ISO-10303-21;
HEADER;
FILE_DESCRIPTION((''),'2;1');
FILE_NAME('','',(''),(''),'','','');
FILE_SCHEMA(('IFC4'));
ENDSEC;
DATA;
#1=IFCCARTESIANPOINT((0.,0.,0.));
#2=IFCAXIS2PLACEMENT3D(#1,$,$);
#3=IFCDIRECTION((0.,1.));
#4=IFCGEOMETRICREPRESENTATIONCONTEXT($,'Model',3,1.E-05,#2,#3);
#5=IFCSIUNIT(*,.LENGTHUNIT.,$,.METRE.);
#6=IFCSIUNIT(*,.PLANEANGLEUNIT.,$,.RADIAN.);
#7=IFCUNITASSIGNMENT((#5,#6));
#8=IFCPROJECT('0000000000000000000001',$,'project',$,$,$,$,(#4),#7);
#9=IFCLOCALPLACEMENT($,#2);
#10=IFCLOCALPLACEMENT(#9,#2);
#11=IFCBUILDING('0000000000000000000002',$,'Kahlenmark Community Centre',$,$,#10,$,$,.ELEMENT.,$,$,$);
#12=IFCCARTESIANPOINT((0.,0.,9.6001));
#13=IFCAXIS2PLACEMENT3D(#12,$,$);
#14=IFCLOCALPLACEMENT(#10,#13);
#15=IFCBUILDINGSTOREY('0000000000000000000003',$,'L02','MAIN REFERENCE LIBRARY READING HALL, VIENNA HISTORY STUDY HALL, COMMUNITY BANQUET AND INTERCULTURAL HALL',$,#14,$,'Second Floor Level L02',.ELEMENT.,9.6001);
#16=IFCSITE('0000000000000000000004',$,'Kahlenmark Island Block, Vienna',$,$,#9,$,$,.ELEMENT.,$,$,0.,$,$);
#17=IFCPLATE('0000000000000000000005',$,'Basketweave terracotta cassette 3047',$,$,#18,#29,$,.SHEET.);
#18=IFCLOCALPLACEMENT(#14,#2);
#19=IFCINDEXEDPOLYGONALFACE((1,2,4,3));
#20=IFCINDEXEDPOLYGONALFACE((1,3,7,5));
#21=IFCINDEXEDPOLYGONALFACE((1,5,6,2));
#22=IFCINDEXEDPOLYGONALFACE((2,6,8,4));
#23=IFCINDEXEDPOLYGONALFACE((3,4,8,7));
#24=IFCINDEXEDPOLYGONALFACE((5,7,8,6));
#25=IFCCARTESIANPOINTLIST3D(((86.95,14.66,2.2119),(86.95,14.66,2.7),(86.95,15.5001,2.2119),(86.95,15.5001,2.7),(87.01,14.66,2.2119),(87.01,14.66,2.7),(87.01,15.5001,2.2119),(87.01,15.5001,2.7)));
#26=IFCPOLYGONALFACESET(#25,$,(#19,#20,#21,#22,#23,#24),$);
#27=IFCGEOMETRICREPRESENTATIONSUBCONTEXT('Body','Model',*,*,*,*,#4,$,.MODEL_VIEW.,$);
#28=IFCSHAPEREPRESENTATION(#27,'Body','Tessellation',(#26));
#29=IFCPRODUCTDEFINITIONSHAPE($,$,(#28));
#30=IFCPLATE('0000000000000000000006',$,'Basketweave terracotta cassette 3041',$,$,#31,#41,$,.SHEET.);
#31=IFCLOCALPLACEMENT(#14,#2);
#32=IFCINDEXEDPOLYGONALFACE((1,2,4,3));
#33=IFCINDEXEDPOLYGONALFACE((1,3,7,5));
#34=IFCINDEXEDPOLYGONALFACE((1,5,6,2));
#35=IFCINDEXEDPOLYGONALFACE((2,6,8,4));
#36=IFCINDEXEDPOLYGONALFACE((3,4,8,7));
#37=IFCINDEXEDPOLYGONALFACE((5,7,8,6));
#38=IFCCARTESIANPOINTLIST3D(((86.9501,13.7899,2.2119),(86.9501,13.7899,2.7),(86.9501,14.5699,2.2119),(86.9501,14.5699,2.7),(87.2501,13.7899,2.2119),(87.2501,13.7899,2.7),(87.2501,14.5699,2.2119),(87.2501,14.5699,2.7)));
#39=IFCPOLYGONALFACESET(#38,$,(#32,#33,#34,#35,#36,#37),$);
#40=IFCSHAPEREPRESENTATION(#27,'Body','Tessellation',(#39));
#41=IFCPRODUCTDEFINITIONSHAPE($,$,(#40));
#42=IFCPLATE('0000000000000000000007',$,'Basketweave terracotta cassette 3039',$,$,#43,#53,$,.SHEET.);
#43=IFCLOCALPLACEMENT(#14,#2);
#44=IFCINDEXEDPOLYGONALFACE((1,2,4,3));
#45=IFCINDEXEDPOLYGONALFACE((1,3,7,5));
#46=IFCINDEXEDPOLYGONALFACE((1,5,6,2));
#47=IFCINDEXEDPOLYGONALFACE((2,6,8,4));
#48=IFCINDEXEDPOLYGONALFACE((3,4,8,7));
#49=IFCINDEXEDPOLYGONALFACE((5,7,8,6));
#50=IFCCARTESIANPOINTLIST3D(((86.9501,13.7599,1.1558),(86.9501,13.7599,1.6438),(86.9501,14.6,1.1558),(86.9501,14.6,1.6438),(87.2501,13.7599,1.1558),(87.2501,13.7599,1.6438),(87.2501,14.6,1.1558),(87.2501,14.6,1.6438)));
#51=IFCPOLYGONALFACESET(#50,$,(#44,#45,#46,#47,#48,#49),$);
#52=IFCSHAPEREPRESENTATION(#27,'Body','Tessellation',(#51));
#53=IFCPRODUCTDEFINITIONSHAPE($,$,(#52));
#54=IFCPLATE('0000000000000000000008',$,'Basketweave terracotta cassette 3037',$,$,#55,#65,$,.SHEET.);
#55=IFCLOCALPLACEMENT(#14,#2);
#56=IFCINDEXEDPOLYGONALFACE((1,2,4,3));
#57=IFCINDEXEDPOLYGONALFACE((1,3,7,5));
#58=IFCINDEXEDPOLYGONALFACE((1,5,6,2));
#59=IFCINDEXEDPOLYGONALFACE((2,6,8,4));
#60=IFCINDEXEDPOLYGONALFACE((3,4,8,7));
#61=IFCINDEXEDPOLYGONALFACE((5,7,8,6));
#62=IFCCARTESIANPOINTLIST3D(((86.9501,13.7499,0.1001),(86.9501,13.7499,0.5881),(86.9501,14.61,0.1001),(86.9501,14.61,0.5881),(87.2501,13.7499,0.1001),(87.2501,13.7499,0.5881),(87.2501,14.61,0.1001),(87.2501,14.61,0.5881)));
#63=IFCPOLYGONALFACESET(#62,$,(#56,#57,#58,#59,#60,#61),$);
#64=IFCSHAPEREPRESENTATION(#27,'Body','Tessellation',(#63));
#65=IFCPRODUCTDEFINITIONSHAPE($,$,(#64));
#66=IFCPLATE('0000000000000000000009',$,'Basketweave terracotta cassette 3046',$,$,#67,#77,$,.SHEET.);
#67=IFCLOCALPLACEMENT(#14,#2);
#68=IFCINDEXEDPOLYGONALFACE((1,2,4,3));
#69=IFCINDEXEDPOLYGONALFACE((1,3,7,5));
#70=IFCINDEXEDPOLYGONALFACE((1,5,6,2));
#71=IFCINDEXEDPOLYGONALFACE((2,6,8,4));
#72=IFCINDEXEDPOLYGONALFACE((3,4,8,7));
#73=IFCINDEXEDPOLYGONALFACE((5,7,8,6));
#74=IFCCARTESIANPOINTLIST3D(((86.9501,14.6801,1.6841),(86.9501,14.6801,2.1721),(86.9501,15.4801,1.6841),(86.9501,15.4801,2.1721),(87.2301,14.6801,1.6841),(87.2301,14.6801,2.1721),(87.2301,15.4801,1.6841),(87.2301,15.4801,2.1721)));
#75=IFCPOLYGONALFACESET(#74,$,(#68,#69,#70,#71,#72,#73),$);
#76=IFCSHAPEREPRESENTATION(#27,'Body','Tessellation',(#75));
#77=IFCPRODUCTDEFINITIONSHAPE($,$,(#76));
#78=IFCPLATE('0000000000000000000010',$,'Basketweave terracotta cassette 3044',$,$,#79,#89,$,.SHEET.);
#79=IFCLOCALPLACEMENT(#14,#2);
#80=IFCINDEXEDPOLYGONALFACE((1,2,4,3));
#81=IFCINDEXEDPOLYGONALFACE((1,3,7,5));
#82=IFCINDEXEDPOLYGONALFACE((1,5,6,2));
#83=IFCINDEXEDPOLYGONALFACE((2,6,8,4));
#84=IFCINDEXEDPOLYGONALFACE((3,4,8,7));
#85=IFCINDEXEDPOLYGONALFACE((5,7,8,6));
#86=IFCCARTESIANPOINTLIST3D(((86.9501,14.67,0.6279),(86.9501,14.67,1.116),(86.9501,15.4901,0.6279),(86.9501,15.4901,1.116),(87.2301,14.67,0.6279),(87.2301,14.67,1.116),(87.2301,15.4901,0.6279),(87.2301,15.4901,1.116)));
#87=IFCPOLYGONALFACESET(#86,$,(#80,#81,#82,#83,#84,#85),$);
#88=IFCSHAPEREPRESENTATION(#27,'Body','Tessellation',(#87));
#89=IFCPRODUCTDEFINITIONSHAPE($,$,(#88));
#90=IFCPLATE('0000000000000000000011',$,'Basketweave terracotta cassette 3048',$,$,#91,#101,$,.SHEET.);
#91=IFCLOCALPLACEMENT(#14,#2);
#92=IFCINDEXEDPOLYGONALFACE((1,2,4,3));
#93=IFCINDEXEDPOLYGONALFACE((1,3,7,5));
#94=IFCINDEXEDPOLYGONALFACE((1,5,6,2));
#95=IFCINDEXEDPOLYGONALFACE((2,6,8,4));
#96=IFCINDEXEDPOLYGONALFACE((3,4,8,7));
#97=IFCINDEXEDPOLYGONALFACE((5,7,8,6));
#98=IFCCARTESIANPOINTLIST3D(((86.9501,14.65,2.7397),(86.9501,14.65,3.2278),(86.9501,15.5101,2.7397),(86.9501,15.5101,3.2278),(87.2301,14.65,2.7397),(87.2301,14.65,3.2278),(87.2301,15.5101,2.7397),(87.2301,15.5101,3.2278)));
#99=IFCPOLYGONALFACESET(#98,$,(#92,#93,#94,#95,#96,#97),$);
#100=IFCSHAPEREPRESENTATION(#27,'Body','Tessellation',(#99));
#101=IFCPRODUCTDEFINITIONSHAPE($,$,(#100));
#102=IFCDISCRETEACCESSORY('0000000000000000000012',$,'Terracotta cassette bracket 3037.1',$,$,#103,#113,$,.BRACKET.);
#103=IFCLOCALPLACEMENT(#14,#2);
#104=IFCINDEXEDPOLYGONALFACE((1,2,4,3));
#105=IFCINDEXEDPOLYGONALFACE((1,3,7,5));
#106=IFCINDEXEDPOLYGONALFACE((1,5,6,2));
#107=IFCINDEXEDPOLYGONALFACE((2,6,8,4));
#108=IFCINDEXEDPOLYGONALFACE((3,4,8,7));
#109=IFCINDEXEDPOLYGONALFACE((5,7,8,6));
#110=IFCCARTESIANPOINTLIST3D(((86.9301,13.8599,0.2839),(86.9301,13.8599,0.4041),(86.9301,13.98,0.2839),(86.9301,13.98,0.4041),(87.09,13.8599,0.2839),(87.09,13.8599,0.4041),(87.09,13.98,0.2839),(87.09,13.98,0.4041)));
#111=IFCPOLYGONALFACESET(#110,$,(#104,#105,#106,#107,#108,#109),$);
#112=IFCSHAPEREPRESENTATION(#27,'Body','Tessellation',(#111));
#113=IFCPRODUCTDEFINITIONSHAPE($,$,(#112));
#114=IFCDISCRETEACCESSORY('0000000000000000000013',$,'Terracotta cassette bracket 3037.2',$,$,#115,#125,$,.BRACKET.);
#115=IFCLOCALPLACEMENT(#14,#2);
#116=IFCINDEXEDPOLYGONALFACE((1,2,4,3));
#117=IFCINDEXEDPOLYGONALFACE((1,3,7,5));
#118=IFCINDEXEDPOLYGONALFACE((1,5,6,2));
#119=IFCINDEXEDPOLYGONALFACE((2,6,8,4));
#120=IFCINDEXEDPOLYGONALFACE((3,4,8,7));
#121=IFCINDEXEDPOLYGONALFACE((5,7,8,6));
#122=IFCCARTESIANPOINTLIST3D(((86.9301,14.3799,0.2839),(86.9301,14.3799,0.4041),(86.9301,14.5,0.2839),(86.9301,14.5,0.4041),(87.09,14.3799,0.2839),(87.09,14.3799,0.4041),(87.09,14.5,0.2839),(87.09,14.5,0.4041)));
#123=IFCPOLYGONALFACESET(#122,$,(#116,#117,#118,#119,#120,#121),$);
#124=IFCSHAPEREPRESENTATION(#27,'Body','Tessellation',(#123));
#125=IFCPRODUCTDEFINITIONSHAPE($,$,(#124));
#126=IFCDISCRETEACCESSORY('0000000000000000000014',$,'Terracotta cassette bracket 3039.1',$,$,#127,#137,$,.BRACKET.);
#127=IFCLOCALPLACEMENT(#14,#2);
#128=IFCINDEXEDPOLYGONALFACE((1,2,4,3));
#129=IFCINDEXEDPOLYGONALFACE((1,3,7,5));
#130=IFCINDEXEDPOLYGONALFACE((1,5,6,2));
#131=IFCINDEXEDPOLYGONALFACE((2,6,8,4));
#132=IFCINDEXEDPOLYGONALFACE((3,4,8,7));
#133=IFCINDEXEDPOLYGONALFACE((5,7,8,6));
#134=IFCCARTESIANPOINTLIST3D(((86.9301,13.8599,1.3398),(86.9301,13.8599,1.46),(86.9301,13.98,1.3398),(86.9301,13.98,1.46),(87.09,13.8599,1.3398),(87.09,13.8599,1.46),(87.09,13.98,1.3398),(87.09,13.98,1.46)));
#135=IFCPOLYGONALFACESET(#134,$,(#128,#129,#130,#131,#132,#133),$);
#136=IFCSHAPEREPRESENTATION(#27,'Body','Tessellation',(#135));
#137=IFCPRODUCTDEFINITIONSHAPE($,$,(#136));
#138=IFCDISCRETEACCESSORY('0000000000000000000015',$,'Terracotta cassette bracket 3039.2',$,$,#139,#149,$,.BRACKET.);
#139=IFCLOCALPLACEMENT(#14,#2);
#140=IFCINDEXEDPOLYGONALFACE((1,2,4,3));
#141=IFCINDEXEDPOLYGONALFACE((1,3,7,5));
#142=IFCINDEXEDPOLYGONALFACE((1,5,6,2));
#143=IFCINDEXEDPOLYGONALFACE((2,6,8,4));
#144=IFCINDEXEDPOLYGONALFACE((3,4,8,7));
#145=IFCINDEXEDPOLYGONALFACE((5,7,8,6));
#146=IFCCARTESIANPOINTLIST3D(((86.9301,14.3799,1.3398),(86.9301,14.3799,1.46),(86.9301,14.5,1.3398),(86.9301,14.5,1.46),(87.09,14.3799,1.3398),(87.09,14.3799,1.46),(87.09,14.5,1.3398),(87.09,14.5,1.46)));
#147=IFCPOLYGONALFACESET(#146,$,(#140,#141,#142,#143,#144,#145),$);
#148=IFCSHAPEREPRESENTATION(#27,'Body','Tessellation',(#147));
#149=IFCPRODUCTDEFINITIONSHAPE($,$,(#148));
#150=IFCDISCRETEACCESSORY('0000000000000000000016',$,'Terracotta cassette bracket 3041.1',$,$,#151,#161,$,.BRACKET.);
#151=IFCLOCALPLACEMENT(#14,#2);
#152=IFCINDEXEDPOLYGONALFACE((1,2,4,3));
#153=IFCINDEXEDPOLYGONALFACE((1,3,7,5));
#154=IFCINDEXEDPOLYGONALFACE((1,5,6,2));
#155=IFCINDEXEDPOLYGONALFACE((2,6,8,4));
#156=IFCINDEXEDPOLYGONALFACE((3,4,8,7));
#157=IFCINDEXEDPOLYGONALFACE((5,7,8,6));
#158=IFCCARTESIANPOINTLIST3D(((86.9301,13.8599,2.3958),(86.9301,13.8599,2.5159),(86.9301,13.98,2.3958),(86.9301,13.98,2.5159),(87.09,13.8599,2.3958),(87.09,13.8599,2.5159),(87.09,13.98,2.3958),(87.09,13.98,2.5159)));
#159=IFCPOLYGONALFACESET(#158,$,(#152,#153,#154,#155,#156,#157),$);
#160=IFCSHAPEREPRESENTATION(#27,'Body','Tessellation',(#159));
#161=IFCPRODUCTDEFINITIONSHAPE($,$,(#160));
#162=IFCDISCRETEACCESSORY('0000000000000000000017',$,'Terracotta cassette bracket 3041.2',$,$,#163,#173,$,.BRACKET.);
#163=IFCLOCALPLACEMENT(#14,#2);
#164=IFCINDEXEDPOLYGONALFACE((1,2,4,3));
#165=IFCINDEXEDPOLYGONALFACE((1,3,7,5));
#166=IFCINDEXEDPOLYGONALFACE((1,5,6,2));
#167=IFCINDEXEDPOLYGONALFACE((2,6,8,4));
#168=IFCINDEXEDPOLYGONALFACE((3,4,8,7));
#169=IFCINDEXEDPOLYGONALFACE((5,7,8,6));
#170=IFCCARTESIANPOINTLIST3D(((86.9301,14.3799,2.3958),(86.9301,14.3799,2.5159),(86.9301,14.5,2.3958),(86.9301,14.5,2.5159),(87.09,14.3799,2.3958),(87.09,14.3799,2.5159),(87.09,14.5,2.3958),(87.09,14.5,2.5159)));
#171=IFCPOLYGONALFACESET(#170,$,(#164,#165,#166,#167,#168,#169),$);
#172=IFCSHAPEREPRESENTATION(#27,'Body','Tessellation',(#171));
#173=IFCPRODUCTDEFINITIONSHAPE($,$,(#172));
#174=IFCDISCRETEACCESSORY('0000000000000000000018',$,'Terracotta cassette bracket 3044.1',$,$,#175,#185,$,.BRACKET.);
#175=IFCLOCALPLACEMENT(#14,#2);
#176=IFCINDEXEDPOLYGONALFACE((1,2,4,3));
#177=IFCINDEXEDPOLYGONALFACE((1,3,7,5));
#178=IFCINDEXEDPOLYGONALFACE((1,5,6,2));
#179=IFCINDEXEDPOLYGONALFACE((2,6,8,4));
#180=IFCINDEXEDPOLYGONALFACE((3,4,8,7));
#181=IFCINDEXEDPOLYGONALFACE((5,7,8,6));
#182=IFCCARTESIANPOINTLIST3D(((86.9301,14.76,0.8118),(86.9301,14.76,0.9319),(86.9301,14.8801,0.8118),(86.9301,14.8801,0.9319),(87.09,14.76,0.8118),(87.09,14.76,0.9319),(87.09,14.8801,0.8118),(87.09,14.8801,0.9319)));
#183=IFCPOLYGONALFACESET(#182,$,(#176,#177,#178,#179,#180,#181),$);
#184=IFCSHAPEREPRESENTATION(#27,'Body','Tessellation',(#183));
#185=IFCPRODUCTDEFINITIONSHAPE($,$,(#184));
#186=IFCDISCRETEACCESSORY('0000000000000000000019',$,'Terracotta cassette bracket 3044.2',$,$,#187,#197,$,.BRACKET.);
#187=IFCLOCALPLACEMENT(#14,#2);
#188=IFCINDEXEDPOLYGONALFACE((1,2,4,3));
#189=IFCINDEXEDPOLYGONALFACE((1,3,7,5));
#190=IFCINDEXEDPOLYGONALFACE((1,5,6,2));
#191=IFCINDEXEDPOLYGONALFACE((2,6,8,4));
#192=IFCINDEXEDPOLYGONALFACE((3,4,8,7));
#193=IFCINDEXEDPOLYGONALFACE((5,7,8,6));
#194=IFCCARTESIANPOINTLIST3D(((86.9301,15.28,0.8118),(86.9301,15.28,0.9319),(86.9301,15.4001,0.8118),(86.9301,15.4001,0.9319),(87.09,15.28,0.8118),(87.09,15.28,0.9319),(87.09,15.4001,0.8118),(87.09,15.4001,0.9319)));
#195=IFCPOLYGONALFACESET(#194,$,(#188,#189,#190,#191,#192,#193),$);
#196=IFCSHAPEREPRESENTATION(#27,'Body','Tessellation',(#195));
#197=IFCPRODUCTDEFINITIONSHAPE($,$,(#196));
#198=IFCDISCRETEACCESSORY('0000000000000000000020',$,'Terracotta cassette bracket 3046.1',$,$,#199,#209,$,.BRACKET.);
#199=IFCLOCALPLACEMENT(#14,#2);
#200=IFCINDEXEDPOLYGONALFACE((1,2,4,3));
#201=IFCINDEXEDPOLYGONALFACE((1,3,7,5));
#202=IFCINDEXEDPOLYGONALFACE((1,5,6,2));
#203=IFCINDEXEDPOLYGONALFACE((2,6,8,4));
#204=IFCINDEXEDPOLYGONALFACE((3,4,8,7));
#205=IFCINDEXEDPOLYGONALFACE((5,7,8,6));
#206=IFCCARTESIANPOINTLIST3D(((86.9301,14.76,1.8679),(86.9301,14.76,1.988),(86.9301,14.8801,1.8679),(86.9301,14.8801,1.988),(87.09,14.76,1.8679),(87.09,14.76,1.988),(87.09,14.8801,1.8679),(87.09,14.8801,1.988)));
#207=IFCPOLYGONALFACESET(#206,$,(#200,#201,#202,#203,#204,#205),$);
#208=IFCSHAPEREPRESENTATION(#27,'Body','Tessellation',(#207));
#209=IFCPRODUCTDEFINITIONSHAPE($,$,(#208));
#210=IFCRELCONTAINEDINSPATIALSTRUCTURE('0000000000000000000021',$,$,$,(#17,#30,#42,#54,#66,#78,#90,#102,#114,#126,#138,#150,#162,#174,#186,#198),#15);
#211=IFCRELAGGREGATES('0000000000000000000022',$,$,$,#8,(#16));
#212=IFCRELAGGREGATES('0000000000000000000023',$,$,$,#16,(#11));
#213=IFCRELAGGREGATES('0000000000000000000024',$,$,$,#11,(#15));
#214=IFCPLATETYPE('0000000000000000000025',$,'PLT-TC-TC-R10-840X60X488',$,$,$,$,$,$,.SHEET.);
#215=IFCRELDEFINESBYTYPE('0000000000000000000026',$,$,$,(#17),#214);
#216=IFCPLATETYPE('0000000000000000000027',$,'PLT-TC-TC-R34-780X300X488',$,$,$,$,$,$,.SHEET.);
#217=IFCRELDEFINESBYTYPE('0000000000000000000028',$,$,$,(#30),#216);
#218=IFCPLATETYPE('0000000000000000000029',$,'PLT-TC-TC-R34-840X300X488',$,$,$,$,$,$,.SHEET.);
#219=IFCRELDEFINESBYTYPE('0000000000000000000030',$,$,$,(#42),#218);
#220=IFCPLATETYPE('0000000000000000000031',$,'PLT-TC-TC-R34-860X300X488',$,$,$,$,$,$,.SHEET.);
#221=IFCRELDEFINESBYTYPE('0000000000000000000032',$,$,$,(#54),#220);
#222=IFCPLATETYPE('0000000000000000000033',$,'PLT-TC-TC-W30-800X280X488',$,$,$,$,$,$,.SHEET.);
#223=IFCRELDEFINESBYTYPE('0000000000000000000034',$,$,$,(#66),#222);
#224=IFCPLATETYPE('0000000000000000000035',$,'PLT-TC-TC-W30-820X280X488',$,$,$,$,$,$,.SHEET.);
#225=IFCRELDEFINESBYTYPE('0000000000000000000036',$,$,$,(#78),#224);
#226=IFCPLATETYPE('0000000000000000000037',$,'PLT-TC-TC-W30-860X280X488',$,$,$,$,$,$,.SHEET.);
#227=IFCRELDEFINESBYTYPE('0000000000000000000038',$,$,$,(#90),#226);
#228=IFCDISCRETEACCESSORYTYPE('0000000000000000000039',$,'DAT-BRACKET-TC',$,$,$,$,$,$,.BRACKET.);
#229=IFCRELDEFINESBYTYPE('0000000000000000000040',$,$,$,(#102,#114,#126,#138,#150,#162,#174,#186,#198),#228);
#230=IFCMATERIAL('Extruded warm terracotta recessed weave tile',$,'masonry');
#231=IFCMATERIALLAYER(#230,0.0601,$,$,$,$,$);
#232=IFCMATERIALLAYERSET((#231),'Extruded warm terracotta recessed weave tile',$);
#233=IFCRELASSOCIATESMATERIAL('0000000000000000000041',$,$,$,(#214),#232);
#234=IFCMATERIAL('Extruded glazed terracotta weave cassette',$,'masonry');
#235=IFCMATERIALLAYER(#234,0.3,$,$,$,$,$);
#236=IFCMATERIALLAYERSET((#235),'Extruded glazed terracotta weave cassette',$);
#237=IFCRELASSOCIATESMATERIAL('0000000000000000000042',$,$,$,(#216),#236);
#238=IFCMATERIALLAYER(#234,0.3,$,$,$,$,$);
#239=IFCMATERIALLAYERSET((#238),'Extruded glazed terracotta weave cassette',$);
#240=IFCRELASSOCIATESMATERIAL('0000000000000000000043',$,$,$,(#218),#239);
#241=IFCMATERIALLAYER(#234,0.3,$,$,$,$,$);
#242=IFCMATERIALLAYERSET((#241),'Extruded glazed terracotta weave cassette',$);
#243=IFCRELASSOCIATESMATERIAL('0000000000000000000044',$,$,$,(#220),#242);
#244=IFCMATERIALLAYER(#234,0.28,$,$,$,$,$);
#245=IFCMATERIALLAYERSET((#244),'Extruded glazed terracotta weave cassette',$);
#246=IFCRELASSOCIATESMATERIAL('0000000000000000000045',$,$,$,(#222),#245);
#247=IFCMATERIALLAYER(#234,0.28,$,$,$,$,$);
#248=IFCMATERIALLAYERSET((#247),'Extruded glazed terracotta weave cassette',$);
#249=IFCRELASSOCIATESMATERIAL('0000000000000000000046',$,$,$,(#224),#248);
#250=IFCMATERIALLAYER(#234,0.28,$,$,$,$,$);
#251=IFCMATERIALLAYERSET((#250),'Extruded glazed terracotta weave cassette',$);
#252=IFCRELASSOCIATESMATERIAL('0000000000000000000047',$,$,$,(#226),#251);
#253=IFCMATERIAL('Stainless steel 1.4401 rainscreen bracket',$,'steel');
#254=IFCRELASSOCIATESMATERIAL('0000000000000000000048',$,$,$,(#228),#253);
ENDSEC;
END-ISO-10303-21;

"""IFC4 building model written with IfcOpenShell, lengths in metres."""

from ifc_helpers import new_model, si_unit, direction, frame, origin, origin_2d, place, context, subcontext, project, spatial, rectangle, extrude, material, layer, layer_set, type_object, element, save


model = new_model("IFC4")

# Units and contexts
model_context = context("Model", 3, precision=1e-05, world=origin(), true_north=direction((0.0, 1.0)))
body_context = subcontext(model_context, "Body", "Model", "MODEL_VIEW")
ifc_project = project(units=[si_unit("LENGTHUNIT", "METRE"), si_unit("PLANEANGLEUNIT", "RADIAN")], contexts=[model_context])

# Site, building, storey
site_placement = place(None, origin())
site = spatial("IfcSite", under=ifc_project, at=site_placement, Name="Kahlenmark Island Block, Vienna", CompositionType="ELEMENT", RefElevation=0.0)
building_placement = place(site_placement, origin())
building = spatial("IfcBuilding", under=site, at=building_placement, Name="Kahlenmark Community Centre", CompositionType="ELEMENT")
storey_placement = place(building_placement, frame((0.0, 0.0, 9.6001)))
storey = spatial("IfcBuildingStorey", under=building, at=storey_placement, Name="L02", Description="MAIN REFERENCE LIBRARY READING HALL, VIENNA HISTORY STUDY HALL, COMMUNITY BANQUET AND INTERCULTURAL HALL", LongName="Second Floor Level L02", CompositionType="ELEMENT", Elevation=9.6001)

# Plates
ifc_material_1 = material(Name="Extruded warm terracotta recessed weave tile", Category="masonry")
ifc_layer_1 = layer(ifc_material_1, 0.0601)
ifc_layer_set_1 = layer_set([ifc_layer_1], Name="Extruded warm terracotta recessed weave tile")
plate_type_1 = type_object("IfcPlateType", Name="PLT-TC-TC-R10-840X60X488", PredefinedType="SHEET", material=ifc_layer_set_1)
plate_1_placement = place(storey_placement, frame((86.98, 15.0801, 2.2119), z_axis=(0.0, 0.0, 1.0), x_axis=(0.0, 1.0, 0.0)))
element("IfcPlate", 1, at=plate_1_placement, inside=storey, type_object=plate_type_1, Name="Basketweave terracotta cassette 3047", PredefinedType="SHEET", context=body_context, shape_type="SweptSolid", body=[
    extrude(rectangle(XDim=0.8401, YDim=0.0601, at=origin_2d()), origin(), (0.0, 0.0, 1.0), 0.488),
])
ifc_material_2 = material(Name="Extruded glazed terracotta weave cassette", Category="masonry")
ifc_layer_2 = layer(ifc_material_2, 0.3)
ifc_layer_set_2 = layer_set([ifc_layer_2], Name="Extruded glazed terracotta weave cassette")
plate_type_2 = type_object("IfcPlateType", Name="PLT-TC-TC-R34-780X300X488", PredefinedType="SHEET", material=ifc_layer_set_2)
plate_2_placement = place(storey_placement, frame((87.1001, 14.1799, 2.2119), z_axis=(0.0, 0.0, 1.0), x_axis=(0.0, 1.0, 0.0)))
element("IfcPlate", 2, at=plate_2_placement, inside=storey, type_object=plate_type_2, Name="Basketweave terracotta cassette 3041", PredefinedType="SHEET", context=body_context, shape_type="SweptSolid", body=[
    extrude(rectangle(XDim=0.78, YDim=0.3, at=origin_2d()), origin(), (0.0, 0.0, 1.0), 0.488),
])
ifc_layer_3 = layer(ifc_material_2, 0.3)
ifc_layer_set_3 = layer_set([ifc_layer_3], Name="Extruded glazed terracotta weave cassette")
plate_type_3 = type_object("IfcPlateType", Name="PLT-TC-TC-R34-840X300X488", PredefinedType="SHEET", material=ifc_layer_set_3)
plate_3_placement = place(storey_placement, frame((87.1001, 14.1799, 1.1558), z_axis=(0.0, 0.0, 1.0), x_axis=(0.0, 1.0, 0.0)))
element("IfcPlate", 3, at=plate_3_placement, inside=storey, type_object=plate_type_3, Name="Basketweave terracotta cassette 3039", PredefinedType="SHEET", context=body_context, shape_type="SweptSolid", body=[
    extrude(rectangle(XDim=0.8401, YDim=0.3, at=origin_2d()), origin(), (0.0, 0.0, 1.0), 0.488),
])
ifc_layer_4 = layer(ifc_material_2, 0.3)
ifc_layer_set_4 = layer_set([ifc_layer_4], Name="Extruded glazed terracotta weave cassette")
plate_type_4 = type_object("IfcPlateType", Name="PLT-TC-TC-R34-860X300X488", PredefinedType="SHEET", material=ifc_layer_set_4)
plate_4_placement = place(storey_placement, frame((87.1001, 14.1799, 0.1001), z_axis=(0.0, 0.0, 1.0), x_axis=(0.0, 1.0, 0.0)))
element("IfcPlate", 4, at=plate_4_placement, inside=storey, type_object=plate_type_4, Name="Basketweave terracotta cassette 3037", PredefinedType="SHEET", context=body_context, shape_type="SweptSolid", body=[
    extrude(rectangle(XDim=0.8601, YDim=0.3, at=origin_2d()), origin(), (0.0, 0.0, 1.0), 0.488),
])
ifc_layer_5 = layer(ifc_material_2, 0.28)
ifc_layer_set_5 = layer_set([ifc_layer_5], Name="Extruded glazed terracotta weave cassette")
plate_type_5 = type_object("IfcPlateType", Name="PLT-TC-TC-W30-800X280X488", PredefinedType="SHEET", material=ifc_layer_set_5)
plate_5_placement = place(storey_placement, frame((87.0901, 15.0801, 1.6841), z_axis=(0.0, 0.0, 1.0), x_axis=(0.0, 1.0, 0.0)))
element("IfcPlate", 5, at=plate_5_placement, inside=storey, type_object=plate_type_5, Name="Basketweave terracotta cassette 3046", PredefinedType="SHEET", context=body_context, shape_type="SweptSolid", body=[
    extrude(rectangle(XDim=0.8, YDim=0.28, at=origin_2d()), origin(), (0.0, 0.0, 1.0), 0.488),
])
ifc_layer_6 = layer(ifc_material_2, 0.28)
ifc_layer_set_6 = layer_set([ifc_layer_6], Name="Extruded glazed terracotta weave cassette")
plate_type_6 = type_object("IfcPlateType", Name="PLT-TC-TC-W30-820X280X488", PredefinedType="SHEET", material=ifc_layer_set_6)
plate_6_placement = place(storey_placement, frame((87.0901, 15.0801, 0.6279), z_axis=(0.0, 0.0, 1.0), x_axis=(0.0, 1.0, 0.0)))
element("IfcPlate", 6, at=plate_6_placement, inside=storey, type_object=plate_type_6, Name="Basketweave terracotta cassette 3044", PredefinedType="SHEET", context=body_context, shape_type="SweptSolid", body=[
    extrude(rectangle(XDim=0.8201, YDim=0.28, at=origin_2d()), origin(), (0.0, 0.0, 1.0), 0.488),
])
ifc_layer_7 = layer(ifc_material_2, 0.28)
ifc_layer_set_7 = layer_set([ifc_layer_7], Name="Extruded glazed terracotta weave cassette")
plate_type_7 = type_object("IfcPlateType", Name="PLT-TC-TC-W30-860X280X488", PredefinedType="SHEET", material=ifc_layer_set_7)
plate_7_placement = place(storey_placement, frame((87.0901, 15.0801, 2.7397), z_axis=(0.0, 0.0, 1.0), x_axis=(0.0, 1.0, 0.0)))
element("IfcPlate", 7, at=plate_7_placement, inside=storey, type_object=plate_type_7, Name="Basketweave terracotta cassette 3048", PredefinedType="SHEET", context=body_context, shape_type="SweptSolid", body=[
    extrude(rectangle(XDim=0.8601, YDim=0.28, at=origin_2d()), origin(), (0.0, 0.0, 1.0), 0.488),
])

# Discrete accessories
ifc_material_3 = material(Name="Stainless steel 1.4401 rainscreen bracket", Category="steel")
discrete_accessory_type = type_object("IfcDiscreteAccessoryType", Name="DAT-BRACKET-TC", PredefinedType="BRACKET", material=ifc_material_3)
for number, where, z_axis, x_axis, name in (
    (8, (87.01, 13.9199, 0.2839), (0.0, 0.0, 1.0), (0.0, 1.0, 0.0), "Terracotta cassette bracket 3037.1"),
    (9, (87.01, 14.4399, 0.2839), (0.0, 0.0, 1.0), (0.0, 1.0, 0.0), "Terracotta cassette bracket 3037.2"),
    (10, (87.01, 13.9199, 1.3398), (0.0, 0.0, 1.0), (0.0, 1.0, 0.0), "Terracotta cassette bracket 3039.1"),
    (11, (87.01, 14.4399, 1.3398), (0.0, 0.0, 1.0), (0.0, 1.0, 0.0), "Terracotta cassette bracket 3039.2"),
    (12, (87.01, 13.9199, 2.3958), (0.0, 0.0, 1.0), (0.0, 1.0, 0.0), "Terracotta cassette bracket 3041.1"),
    (13, (87.01, 14.4399, 2.3958), (0.0, 0.0, 1.0), (0.0, 1.0, 0.0), "Terracotta cassette bracket 3041.2"),
    (14, (87.01, 14.8201, 0.8118), (0.0, 0.0, 1.0), (0.0, 1.0, 0.0), "Terracotta cassette bracket 3044.1"),
    (15, (87.01, 15.3401, 0.8118), (0.0, 0.0, 1.0), (0.0, 1.0, 0.0), "Terracotta cassette bracket 3044.2"),
    (16, (87.01, 14.8201, 1.8679), (0.0, 0.0, 1.0), (0.0, 1.0, 0.0), "Terracotta cassette bracket 3046.1"),
):
    element("IfcDiscreteAccessory", number, at=place(storey_placement, frame(where, z_axis=z_axis, x_axis=x_axis)), inside=storey, type_object=discrete_accessory_type, Name=name, PredefinedType="BRACKET", context=body_context, shape_type="SweptSolid", body=[
        extrude(rectangle(XDim=0.1201, YDim=0.1599, at=origin_2d()), origin(), (0.0, 0.0, 1.0), 0.1201),
    ])

save(model, "model.ifc")
